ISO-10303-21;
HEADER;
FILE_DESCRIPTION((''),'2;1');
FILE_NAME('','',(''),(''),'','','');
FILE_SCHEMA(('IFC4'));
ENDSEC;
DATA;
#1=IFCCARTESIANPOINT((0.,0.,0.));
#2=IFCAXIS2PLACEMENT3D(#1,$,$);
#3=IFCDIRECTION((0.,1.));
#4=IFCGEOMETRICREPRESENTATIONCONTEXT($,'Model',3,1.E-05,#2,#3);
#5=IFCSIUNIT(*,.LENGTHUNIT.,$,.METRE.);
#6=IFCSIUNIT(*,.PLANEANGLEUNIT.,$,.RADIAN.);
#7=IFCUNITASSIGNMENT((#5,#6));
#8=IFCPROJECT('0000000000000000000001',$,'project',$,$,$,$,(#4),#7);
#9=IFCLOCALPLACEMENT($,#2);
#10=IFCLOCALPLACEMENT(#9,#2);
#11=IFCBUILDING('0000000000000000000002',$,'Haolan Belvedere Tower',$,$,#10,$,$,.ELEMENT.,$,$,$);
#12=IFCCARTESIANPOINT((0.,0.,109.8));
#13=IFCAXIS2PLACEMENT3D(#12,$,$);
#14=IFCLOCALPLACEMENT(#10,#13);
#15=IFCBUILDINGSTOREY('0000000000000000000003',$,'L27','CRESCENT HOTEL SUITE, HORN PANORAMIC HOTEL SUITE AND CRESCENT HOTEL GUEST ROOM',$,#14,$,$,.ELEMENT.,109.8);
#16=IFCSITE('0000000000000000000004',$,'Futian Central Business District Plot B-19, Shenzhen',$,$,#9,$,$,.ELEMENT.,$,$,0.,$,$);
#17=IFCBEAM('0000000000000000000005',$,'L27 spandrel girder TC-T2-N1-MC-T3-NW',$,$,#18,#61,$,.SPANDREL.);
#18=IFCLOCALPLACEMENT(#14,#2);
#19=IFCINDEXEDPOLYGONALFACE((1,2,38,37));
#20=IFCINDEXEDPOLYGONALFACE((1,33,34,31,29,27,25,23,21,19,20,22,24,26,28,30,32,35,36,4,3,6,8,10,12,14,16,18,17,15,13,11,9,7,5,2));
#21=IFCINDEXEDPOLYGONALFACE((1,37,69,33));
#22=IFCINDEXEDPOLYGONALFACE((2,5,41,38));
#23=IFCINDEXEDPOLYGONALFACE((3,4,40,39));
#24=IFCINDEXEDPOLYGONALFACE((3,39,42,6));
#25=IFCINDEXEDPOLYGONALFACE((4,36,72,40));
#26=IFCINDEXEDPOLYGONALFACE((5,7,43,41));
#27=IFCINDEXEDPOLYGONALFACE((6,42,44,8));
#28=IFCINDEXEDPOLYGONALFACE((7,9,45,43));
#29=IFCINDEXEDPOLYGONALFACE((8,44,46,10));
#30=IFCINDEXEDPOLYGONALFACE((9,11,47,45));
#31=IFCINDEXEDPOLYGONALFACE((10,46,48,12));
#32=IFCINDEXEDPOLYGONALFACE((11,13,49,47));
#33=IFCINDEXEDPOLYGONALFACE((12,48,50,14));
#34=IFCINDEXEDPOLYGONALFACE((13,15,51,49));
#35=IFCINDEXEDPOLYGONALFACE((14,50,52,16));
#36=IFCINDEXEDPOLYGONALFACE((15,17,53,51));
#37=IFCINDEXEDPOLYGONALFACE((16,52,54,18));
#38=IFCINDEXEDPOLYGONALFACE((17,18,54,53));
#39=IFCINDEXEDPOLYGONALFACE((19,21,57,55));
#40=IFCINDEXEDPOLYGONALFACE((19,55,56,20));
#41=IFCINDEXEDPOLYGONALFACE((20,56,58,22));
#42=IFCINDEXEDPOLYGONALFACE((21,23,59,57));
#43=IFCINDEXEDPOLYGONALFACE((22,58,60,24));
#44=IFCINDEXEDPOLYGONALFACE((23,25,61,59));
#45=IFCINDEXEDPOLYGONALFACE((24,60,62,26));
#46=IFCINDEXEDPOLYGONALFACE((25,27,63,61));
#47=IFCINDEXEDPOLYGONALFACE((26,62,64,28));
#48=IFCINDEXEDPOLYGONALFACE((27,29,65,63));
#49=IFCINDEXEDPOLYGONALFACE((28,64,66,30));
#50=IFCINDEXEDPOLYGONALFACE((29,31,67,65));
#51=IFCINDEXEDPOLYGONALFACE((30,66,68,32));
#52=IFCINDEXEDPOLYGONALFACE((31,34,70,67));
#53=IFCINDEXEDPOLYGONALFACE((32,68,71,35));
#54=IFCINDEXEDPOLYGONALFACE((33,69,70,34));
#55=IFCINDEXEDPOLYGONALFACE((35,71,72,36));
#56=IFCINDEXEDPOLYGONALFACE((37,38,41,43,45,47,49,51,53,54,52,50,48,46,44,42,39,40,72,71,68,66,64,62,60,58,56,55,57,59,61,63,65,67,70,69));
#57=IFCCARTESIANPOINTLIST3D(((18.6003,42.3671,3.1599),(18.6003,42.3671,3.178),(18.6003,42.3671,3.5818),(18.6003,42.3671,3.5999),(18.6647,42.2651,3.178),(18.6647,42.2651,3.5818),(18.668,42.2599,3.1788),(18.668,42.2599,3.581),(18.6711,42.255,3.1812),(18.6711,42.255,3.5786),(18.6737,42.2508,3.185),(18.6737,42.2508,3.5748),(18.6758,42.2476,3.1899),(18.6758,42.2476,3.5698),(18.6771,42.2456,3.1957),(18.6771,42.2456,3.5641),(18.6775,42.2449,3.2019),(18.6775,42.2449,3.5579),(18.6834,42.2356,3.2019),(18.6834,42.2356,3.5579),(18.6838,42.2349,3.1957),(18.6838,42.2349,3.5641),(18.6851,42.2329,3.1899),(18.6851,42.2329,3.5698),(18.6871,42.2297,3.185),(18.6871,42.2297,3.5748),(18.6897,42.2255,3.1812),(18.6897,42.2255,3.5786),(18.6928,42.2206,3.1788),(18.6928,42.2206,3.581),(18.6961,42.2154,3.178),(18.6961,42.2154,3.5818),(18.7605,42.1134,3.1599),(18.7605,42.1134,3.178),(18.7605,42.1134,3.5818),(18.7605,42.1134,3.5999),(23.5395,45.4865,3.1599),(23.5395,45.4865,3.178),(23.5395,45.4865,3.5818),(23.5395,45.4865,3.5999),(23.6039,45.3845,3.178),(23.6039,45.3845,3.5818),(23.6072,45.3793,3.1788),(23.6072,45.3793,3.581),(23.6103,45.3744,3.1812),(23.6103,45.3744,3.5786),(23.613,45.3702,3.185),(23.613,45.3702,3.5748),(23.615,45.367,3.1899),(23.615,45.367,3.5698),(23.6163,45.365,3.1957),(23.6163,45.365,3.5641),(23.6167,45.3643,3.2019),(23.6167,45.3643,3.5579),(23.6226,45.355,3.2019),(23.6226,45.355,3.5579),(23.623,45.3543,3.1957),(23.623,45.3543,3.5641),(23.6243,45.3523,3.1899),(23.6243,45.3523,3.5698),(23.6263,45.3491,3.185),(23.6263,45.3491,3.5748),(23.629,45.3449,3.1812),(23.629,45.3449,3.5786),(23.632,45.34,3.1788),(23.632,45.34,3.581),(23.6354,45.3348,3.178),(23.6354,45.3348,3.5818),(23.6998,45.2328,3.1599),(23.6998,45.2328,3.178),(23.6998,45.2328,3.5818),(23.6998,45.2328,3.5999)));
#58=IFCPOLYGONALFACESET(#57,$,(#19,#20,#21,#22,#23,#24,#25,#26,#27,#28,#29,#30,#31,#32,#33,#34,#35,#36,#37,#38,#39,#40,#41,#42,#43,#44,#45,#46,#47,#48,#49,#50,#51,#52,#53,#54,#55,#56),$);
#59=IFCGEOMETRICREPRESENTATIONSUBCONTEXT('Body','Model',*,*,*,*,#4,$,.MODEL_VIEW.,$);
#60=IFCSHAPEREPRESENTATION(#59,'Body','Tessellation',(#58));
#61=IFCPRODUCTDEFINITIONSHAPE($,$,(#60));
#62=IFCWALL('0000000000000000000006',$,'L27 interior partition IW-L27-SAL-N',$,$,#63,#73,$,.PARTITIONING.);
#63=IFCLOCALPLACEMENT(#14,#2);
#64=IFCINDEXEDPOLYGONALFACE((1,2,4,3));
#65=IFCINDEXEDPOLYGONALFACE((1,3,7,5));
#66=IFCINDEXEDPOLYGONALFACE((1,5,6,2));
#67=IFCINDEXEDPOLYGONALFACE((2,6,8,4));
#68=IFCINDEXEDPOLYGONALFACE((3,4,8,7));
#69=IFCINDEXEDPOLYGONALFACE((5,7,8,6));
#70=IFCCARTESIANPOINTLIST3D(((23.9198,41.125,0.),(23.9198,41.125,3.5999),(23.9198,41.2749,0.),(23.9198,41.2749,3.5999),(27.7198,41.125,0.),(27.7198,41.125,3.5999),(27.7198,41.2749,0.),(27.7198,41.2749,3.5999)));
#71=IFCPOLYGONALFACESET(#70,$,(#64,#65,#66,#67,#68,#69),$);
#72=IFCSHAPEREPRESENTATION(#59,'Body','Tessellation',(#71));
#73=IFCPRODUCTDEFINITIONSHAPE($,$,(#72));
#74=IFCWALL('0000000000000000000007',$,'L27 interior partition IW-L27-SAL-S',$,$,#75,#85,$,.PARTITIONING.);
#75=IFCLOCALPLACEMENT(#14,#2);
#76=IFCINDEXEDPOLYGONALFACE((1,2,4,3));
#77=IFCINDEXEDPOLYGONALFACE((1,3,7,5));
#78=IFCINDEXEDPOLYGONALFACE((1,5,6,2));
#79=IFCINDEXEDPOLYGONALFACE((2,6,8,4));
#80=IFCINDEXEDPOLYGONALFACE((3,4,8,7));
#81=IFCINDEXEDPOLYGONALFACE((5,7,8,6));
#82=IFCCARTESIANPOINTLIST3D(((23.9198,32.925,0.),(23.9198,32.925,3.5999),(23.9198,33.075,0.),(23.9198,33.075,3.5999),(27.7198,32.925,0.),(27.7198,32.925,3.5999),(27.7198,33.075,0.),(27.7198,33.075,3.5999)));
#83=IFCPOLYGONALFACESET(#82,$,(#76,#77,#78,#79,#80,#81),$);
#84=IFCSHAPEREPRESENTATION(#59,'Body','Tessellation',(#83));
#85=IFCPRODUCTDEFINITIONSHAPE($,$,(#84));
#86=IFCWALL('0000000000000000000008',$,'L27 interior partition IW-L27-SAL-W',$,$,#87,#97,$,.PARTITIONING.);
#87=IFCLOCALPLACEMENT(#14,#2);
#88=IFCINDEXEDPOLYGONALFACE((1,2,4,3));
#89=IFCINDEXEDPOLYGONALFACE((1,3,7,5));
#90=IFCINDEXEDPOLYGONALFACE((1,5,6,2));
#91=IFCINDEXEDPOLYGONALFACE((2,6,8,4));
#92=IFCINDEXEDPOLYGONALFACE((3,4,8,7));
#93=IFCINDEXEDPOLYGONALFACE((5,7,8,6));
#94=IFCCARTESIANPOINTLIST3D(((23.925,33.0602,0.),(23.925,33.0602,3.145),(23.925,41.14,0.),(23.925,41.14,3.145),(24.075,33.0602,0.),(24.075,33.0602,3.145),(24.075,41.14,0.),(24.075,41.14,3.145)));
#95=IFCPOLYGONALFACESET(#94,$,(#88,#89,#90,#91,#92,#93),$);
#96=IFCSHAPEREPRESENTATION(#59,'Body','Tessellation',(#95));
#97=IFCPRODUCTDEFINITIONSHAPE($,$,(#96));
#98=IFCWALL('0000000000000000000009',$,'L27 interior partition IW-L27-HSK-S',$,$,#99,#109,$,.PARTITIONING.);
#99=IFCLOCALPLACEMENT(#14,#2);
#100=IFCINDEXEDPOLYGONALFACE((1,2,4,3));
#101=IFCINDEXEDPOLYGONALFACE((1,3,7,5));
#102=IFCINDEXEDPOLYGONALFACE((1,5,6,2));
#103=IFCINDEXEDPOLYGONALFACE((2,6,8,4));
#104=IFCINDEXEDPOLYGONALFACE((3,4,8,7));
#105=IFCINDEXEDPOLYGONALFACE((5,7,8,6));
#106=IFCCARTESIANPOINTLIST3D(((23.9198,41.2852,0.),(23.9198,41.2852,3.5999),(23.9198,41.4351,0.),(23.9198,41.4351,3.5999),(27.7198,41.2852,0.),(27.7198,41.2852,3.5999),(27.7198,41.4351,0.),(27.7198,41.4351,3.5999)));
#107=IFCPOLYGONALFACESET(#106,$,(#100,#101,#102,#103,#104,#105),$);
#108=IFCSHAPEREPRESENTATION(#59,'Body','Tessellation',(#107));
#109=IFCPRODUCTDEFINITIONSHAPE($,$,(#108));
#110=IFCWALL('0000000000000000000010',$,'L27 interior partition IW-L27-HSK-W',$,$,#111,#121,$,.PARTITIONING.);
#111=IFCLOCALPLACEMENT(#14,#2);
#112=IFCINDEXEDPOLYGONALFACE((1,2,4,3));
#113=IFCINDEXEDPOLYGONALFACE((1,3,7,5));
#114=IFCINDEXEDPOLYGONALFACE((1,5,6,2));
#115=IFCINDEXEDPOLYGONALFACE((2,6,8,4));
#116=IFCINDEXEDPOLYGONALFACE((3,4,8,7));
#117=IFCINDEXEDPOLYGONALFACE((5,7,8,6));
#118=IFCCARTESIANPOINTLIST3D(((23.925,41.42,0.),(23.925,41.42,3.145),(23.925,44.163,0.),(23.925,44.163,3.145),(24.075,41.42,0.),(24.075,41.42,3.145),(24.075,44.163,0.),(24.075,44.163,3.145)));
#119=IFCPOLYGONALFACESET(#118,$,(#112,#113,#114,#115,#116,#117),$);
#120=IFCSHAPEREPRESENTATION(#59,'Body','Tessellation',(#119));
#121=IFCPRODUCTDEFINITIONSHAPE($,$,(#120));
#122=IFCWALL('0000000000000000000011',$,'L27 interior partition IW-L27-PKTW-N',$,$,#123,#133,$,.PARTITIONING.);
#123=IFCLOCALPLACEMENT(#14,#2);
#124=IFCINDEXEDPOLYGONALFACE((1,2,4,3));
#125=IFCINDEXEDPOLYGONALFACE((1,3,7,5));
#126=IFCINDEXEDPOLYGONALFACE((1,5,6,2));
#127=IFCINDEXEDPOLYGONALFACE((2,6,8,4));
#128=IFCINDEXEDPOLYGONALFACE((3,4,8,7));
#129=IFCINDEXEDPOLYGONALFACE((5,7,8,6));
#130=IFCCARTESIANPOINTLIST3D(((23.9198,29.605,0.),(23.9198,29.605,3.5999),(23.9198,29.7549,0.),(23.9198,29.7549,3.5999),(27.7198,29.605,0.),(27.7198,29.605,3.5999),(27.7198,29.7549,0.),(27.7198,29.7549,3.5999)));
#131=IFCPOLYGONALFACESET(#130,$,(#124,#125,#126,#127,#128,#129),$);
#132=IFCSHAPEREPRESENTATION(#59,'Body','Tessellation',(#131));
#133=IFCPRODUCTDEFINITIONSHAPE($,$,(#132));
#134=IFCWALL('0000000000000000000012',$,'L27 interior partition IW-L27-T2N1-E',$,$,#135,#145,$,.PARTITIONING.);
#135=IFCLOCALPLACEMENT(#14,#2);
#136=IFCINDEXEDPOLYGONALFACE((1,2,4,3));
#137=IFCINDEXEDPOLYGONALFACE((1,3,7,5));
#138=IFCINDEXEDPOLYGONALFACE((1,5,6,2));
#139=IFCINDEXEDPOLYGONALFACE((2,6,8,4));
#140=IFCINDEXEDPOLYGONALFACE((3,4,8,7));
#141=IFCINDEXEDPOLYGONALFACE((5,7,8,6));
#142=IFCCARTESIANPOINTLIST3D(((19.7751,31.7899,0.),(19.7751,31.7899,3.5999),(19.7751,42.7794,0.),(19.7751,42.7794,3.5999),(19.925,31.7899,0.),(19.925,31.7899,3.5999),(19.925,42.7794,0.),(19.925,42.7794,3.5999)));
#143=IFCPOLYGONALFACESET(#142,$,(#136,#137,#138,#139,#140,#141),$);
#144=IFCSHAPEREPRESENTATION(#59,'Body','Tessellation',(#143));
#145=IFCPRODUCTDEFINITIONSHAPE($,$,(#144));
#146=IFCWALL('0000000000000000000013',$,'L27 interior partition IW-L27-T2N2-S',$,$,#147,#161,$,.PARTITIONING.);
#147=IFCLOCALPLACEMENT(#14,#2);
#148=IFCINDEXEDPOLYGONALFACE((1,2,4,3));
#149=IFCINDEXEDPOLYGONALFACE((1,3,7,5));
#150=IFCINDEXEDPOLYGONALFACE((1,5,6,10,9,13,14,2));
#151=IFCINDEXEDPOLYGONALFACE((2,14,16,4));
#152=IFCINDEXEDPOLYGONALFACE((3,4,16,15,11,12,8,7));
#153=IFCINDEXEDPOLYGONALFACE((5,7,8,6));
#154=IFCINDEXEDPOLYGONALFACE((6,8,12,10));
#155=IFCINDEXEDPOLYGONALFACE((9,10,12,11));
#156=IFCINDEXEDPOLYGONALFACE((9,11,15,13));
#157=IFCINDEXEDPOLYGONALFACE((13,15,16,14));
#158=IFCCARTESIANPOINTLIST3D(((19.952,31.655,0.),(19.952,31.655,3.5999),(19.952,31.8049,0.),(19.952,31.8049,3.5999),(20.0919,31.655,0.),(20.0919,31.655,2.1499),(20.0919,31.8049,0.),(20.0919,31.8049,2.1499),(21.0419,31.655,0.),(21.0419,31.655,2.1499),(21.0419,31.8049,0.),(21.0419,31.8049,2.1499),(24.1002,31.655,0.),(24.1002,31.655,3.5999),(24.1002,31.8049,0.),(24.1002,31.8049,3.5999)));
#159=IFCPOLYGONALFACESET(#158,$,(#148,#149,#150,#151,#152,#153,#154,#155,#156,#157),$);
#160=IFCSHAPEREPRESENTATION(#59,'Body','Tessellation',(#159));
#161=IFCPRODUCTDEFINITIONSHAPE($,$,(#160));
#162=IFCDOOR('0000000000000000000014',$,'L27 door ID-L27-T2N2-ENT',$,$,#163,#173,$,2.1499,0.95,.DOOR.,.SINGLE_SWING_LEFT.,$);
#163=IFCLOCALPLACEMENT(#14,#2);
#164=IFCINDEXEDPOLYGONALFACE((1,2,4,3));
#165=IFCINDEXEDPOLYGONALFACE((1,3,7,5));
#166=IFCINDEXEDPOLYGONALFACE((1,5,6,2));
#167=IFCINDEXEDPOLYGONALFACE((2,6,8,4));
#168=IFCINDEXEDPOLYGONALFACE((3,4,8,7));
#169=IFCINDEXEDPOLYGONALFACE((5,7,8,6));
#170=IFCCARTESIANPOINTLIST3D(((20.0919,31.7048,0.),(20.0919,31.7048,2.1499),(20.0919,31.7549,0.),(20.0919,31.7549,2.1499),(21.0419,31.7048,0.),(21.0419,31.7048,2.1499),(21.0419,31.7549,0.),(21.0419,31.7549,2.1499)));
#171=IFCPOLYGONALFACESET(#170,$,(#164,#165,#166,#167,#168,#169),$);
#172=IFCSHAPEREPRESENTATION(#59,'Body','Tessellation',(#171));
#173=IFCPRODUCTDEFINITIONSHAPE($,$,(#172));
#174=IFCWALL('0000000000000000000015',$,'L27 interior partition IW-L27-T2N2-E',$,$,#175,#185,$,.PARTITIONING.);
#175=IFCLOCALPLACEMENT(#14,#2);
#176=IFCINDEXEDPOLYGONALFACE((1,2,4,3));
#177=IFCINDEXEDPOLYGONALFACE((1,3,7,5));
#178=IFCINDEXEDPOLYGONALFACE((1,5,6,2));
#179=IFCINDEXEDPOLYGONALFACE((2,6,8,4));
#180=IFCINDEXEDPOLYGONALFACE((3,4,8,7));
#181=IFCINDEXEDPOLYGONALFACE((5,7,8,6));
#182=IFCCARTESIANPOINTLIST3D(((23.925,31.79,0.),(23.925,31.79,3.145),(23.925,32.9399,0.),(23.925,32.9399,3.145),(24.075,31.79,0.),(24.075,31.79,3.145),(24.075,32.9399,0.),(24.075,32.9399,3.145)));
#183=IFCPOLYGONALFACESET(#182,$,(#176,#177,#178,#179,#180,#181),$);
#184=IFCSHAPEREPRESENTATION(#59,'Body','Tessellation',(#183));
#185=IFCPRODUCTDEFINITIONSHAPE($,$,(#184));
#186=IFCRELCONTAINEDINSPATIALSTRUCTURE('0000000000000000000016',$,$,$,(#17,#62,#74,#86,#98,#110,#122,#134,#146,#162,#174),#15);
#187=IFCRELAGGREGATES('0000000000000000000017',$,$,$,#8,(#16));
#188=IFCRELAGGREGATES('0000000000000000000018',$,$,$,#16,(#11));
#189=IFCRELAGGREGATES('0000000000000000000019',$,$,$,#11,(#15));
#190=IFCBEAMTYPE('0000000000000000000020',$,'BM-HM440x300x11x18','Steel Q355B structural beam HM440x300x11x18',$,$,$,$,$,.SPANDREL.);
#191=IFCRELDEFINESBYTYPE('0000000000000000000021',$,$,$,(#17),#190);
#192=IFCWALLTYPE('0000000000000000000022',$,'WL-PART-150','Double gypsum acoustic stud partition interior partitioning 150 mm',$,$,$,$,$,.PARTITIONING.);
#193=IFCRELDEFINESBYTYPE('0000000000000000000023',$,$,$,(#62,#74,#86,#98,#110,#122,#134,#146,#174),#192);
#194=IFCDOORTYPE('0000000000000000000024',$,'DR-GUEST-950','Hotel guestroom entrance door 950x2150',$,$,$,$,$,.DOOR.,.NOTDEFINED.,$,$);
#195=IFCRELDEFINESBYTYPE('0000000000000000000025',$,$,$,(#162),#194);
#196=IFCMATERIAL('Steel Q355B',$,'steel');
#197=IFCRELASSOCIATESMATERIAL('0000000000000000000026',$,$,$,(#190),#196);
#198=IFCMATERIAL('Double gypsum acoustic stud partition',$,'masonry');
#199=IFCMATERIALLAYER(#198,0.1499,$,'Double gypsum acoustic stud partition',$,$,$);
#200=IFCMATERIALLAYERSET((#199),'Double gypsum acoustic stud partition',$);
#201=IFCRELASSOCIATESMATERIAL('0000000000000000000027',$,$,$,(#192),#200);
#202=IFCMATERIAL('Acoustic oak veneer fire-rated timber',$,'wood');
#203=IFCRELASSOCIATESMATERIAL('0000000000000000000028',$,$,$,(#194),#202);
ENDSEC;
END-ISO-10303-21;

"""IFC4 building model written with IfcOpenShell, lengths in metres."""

from ifc_helpers import new_model, si_unit, direction, frame, frame_2d, origin, origin_2d, place, context, subcontext, project, spatial, rectangle, i_section, extrude, material, layer, layer_set, material_profile, profile_set, type_object, element, fill, save


model = new_model("IFC4")

# Units and contexts
model_context = context("Model", 3, precision=1e-05, world=origin(), true_north=direction((0.0, 1.0)))
body_context = subcontext(model_context, "Body", "Model", "MODEL_VIEW")
ifc_project = project(units=[si_unit("LENGTHUNIT", "METRE"), si_unit("PLANEANGLEUNIT", "RADIAN")], contexts=[model_context])

# Site, building, storey
site_placement = place(None, origin())
site = spatial("IfcSite", under=ifc_project, at=site_placement, Name="Futian Central Business District Plot B-19, Shenzhen", CompositionType="ELEMENT", RefElevation=0.0)
building_placement = place(site_placement, origin())
building = spatial("IfcBuilding", under=site, at=building_placement, Name="Haolan Belvedere Tower", CompositionType="ELEMENT")
storey_placement = place(building_placement, frame((0.0, 0.0, 109.8)))
storey = spatial("IfcBuildingStorey", under=building, at=storey_placement, Name="L27", Description="CRESCENT HOTEL SUITE, HORN PANORAMIC HOTEL SUITE AND CRESCENT HOTEL GUEST ROOM", CompositionType="ELEMENT", Elevation=109.8)

# Beam
ifc_material_1 = material(Name="Steel Q355B", Category="steel")
ifc_material_profile_1 = material_profile(ifc_material_1, i_section(OverallWidth=0.3, OverallDepth=0.4399, WebThickness=0.011, FlangeThickness=0.0181, FilletRadius=0.0239, at=origin_2d()), Name="Steel Q355B")
ifc_profile_set_1 = profile_set([ifc_material_profile_1], Name="Steel Q355B")
beam_type = type_object("IfcBeamType", Name="BM-HM440x300x11x18", Description="Steel Q355B structural beam HM440x300x11x18", PredefinedType="SPANDREL", material=ifc_profile_set_1)
beam_placement = place(storey_placement, frame((18.6804, 42.2402, 3.3799), z_axis=(0.845498, 0.533979, 0.0), x_axis=(-0.533979, 0.845498, 0.0)))
element("IfcBeam", 1, at=beam_placement, inside=storey, type_object=beam_type, Name="L27 spandrel girder TC-T2-N1-MC-T3-NW", PredefinedType="SPANDREL", context=body_context, shape_type="SweptSolid", body=[
    extrude(i_section(OverallWidth=0.3, OverallDepth=0.4399, WebThickness=0.011, FlangeThickness=0.0181, FilletRadius=0.0239, at=origin_2d()), origin(), (0.0, 0.0, 1.0), 5.8418),
])

# Walls
ifc_material_2 = material(Name="Double gypsum acoustic stud partition", Category="masonry")
ifc_layer_1 = layer(ifc_material_2, 0.1499, Name="Double gypsum acoustic stud partition")
ifc_layer_set_1 = layer_set([ifc_layer_1], Name="Double gypsum acoustic stud partition")
wall_type_1 = type_object("IfcWallType", Name="WL-PART-150", Description="Double gypsum acoustic stud partition interior partitioning 150 mm", PredefinedType="PARTITIONING", material=ifc_layer_set_1)
for number, where, z_axis, x_axis, name in (
    (2, (23.9199, 41.2, 0.0), (0.0, 0.0, 1.0), (1.0, 0.0, 0.0), "L27 interior partition IW-L27-SAL-N"),
    (3, (23.9199, 33.0, 0.0), (0.0, 0.0, 1.0), (1.0, 0.0, 0.0), "L27 interior partition IW-L27-SAL-S"),
):
    element("IfcWall", number, at=place(storey_placement, frame(where, z_axis=z_axis, x_axis=x_axis)), inside=storey, type_object=wall_type_1, Name=name, PredefinedType="PARTITIONING", context=body_context, shape_type="SweptSolid", body=[
        extrude(rectangle(XDim=3.8, YDim=0.1499, at=frame_2d((1.8999, 0.0))), origin(), (0.0, 0.0, 1.0), 3.5999),
    ])
wall_1_placement = place(storey_placement, frame((24.0, 33.0601, 0.0), z_axis=(0.0, 0.0, 1.0), x_axis=(0.0, 1.0, 0.0)))
element("IfcWall", 4, at=wall_1_placement, inside=storey, type_object=wall_type_1, Name="L27 interior partition IW-L27-SAL-W", PredefinedType="PARTITIONING", context=body_context, shape_type="SweptSolid", body=[
    extrude(rectangle(XDim=8.0798, YDim=0.1499, at=frame_2d((4.04, 0.0))), origin(), (0.0, 0.0, 1.0), 3.145),
])
wall_2_placement = place(storey_placement, frame((23.9199, 41.3601, 0.0), z_axis=(0.0, 0.0, 1.0), x_axis=(1.0, 0.0, 0.0)))
element("IfcWall", 5, at=wall_2_placement, inside=storey, type_object=wall_type_1, Name="L27 interior partition IW-L27-HSK-S", PredefinedType="PARTITIONING", context=body_context, shape_type="SweptSolid", body=[
    extrude(rectangle(XDim=3.8, YDim=0.1499, at=frame_2d((1.8999, 0.0))), origin(), (0.0, 0.0, 1.0), 3.5999),
])
wall_3_placement = place(storey_placement, frame((24.0, 41.4199, 0.0), z_axis=(0.0, 0.0, 1.0), x_axis=(0.0, 1.0, 0.0)))
element("IfcWall", 6, at=wall_3_placement, inside=storey, type_object=wall_type_1, Name="L27 interior partition IW-L27-HSK-W", PredefinedType="PARTITIONING", context=body_context, shape_type="SweptSolid", body=[
    extrude(rectangle(XDim=2.7429, YDim=0.1499, at=frame_2d((1.3716, 0.0))), origin(), (0.0, 0.0, 1.0), 3.145),
])
wall_4_placement = place(storey_placement, frame((23.9199, 29.6799, 0.0), z_axis=(0.0, 0.0, 1.0), x_axis=(1.0, 0.0, 0.0)))
element("IfcWall", 7, at=wall_4_placement, inside=storey, type_object=wall_type_1, Name="L27 interior partition IW-L27-PKTW-N", PredefinedType="PARTITIONING", context=body_context, shape_type="SweptSolid", body=[
    extrude(rectangle(XDim=3.8, YDim=0.1499, at=frame_2d((1.8999, 0.0))), origin(), (0.0, 0.0, 1.0), 3.5999),
])
wall_5_placement = place(storey_placement, frame((19.8501, 31.79, 0.0), z_axis=(0.0, 0.0, 1.0), x_axis=(0.0, 1.0, 0.0)))
element("IfcWall", 8, at=wall_5_placement, inside=storey, type_object=wall_type_1, Name="L27 interior partition IW-L27-T2N1-E", PredefinedType="PARTITIONING", context=body_context, shape_type="SweptSolid", body=[
    extrude(rectangle(XDim=10.9895, YDim=0.1499, at=frame_2d((5.4946, 0.0))), origin(), (0.0, 0.0, 1.0), 3.5999),
])

# Wall, opening, door
wall_6_placement = place(storey_placement, frame((19.9519, 31.73, 0.0), z_axis=(0.0, 0.0, 1.0), x_axis=(1.0, 0.0, 0.0)))
wall_6 = element("IfcWall", 9, at=wall_6_placement, inside=storey, type_object=wall_type_1, Name="L27 interior partition IW-L27-T2N2-S", PredefinedType="PARTITIONING", context=body_context, shape_type="SweptSolid", body=[
    extrude(rectangle(XDim=4.1482, YDim=0.1499, at=frame_2d((2.0742, 0.0))), origin(), (0.0, 0.0, 1.0), 3.5999),
])
opening_1_placement = place(wall_6_placement, frame((0.1399, 0.0, 0.0)))
opening_1 = element("IfcOpeningElement", 10, at=opening_1_placement, cuts=wall_6, PredefinedType="OPENING", context=body_context, shape_type="SweptSolid", body=[
    extrude(rectangle(XDim=0.95, YDim=2.1499, at=frame_2d((0.4751, 1.075))), frame((0.0, 0.085, 0.0), z_axis=(0.0, -1.0, 0.0), x_axis=(1.0, 0.0, 0.0)), (0.0, 0.0, 1.0), 0.1699),
])
ifc_material_3 = material(Name="Acoustic oak veneer fire-rated timber", Category="wood")
door_type_1 = type_object("IfcDoorType", Name="DR-GUEST-950", Description="Hotel guestroom entrance door 950x2150", OperationType="NOTDEFINED", PredefinedType="DOOR", material=ifc_material_3)
door_1_placement = place(opening_1_placement, origin())
door_1 = element("IfcDoor", 11, at=door_1_placement, inside=storey, type_object=door_type_1, Name="L27 door ID-L27-T2N2-ENT", OperationType="SINGLE_SWING_LEFT", OverallHeight=2.1499, OverallWidth=0.95, PredefinedType="DOOR", context=body_context, shape_type="SweptSolid", body=[
    extrude(rectangle(XDim=0.95, YDim=2.1499, at=frame_2d((0.4751, 1.075))), frame((0.0, 0.0249, 0.0), z_axis=(0.0, -1.0, 0.0), x_axis=(1.0, 0.0, 0.0)), (0.0, 0.0, 1.0), 0.05),
])
fill(opening_1, door_1)

# Wall
wall_7_placement = place(storey_placement, frame((24.0, 31.79, 0.0), z_axis=(0.0, 0.0, 1.0), x_axis=(0.0, 1.0, 0.0)))
element("IfcWall", 12, at=wall_7_placement, inside=storey, type_object=wall_type_1, Name="L27 interior partition IW-L27-T2N2-E", PredefinedType="PARTITIONING", context=body_context, shape_type="SweptSolid", body=[
    extrude(rectangle(XDim=1.1499, YDim=0.1499, at=frame_2d((0.575, 0.0))), origin(), (0.0, 0.0, 1.0), 3.145),
])

save(model, "model.ifc")
